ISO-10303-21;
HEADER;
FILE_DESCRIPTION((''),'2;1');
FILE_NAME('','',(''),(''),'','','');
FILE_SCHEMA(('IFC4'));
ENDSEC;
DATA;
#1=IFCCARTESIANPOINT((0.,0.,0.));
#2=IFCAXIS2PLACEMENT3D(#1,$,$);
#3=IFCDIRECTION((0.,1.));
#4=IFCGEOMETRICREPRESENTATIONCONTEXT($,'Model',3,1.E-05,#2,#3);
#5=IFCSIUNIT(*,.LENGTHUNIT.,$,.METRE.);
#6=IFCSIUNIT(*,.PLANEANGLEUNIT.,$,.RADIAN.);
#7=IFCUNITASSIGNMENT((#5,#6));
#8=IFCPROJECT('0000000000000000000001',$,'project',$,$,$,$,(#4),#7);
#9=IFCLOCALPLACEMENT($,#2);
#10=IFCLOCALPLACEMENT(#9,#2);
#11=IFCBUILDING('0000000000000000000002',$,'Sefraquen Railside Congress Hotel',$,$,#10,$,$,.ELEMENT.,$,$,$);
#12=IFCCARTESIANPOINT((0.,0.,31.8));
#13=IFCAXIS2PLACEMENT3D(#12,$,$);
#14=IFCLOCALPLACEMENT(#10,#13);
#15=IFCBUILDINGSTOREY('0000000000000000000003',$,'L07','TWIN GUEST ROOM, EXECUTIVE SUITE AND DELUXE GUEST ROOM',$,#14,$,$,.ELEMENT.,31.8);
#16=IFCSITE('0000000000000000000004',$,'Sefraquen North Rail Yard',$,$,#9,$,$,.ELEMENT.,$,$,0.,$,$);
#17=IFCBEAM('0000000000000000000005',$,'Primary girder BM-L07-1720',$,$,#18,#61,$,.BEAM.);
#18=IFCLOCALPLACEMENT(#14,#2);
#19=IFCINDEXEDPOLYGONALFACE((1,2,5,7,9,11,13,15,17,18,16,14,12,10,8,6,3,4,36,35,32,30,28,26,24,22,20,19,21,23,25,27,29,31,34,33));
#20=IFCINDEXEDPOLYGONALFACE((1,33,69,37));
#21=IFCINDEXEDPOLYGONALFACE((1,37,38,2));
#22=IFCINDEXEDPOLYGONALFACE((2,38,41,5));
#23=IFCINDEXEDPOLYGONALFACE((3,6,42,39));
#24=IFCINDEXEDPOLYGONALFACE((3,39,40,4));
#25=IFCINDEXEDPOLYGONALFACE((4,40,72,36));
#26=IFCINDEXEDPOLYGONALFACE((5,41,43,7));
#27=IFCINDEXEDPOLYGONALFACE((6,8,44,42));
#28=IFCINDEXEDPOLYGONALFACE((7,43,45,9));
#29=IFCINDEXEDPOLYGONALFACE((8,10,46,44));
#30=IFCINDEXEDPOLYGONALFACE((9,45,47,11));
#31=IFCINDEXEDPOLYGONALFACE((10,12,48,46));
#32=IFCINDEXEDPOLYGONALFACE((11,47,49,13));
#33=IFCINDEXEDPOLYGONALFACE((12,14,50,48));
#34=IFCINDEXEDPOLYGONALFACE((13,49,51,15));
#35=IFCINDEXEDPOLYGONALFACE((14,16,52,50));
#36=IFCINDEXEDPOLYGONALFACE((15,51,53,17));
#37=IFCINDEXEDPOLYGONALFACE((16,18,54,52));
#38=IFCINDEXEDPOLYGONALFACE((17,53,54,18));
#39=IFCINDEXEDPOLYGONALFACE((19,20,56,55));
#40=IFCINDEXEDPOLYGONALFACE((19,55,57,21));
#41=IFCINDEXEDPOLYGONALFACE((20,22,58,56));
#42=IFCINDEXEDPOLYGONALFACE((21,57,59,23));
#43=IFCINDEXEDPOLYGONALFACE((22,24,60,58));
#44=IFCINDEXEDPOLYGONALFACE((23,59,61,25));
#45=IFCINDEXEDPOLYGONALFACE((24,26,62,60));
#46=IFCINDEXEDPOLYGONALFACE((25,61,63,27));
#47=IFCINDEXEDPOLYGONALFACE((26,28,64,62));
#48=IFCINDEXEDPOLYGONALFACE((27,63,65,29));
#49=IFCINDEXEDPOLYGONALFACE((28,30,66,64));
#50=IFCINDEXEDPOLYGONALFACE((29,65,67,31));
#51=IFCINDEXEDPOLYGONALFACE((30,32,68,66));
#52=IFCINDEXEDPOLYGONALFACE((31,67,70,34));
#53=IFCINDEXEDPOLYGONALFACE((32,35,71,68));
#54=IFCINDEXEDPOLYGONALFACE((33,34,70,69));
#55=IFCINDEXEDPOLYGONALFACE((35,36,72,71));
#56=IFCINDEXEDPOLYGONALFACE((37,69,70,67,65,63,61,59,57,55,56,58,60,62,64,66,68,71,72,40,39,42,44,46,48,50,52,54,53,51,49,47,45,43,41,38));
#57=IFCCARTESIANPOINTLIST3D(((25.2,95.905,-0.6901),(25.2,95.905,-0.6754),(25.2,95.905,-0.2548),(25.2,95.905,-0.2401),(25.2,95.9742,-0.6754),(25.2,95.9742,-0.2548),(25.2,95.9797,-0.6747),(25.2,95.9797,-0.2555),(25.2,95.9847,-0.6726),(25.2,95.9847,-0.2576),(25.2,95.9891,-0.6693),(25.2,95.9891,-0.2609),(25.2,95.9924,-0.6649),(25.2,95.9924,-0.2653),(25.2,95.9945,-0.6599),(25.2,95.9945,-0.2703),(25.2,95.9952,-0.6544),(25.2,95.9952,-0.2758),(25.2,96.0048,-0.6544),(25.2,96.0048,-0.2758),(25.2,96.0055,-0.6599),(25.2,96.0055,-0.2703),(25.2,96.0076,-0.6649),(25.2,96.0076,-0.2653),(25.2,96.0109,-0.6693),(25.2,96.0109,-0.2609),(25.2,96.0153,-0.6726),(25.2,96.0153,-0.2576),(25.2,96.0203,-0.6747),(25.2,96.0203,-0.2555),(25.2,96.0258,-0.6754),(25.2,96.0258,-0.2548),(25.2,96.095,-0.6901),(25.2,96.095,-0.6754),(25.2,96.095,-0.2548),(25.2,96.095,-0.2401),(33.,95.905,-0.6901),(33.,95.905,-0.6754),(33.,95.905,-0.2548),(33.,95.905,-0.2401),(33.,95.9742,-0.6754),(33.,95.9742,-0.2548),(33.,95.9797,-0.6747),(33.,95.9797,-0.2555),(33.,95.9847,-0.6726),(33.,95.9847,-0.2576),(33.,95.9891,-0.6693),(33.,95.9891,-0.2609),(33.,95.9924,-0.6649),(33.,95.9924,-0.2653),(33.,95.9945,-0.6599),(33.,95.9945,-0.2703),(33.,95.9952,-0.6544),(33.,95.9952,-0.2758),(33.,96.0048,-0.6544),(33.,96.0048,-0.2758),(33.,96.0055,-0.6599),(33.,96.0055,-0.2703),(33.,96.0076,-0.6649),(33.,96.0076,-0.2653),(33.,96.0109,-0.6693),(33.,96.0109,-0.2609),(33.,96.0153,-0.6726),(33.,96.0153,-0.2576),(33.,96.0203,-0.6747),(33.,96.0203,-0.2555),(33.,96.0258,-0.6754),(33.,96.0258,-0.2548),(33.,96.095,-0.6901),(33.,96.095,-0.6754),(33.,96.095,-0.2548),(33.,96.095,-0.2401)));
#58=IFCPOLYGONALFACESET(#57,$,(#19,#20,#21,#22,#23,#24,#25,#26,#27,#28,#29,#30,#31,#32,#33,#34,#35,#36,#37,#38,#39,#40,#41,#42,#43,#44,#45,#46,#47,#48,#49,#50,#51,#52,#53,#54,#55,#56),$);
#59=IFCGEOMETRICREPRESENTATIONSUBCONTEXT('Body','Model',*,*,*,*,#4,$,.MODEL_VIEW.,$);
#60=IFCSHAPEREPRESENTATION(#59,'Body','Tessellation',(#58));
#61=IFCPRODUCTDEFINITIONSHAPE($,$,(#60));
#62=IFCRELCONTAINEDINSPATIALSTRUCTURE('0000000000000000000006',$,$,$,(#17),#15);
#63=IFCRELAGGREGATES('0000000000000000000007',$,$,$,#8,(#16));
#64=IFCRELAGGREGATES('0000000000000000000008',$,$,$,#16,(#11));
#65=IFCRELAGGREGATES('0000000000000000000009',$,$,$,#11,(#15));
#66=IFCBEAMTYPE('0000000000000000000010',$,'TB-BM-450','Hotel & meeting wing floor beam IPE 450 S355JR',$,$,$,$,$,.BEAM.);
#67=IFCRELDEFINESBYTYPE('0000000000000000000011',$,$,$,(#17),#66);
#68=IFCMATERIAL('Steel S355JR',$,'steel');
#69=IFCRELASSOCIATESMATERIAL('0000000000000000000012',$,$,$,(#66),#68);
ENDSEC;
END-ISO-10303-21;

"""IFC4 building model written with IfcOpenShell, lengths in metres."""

from ifc_helpers import new_model, si_unit, direction, frame, origin, origin_2d, place, context, subcontext, project, spatial, i_section, extrude, material, material_profile, profile_set, type_object, element, save


model = new_model("IFC4")

# Units and contexts
model_context = context("Model", 3, precision=1e-05, world=origin(), true_north=direction((0.0, 1.0)))
body_context = subcontext(model_context, "Body", "Model", "MODEL_VIEW")
ifc_project = project(units=[si_unit("LENGTHUNIT", "METRE"), si_unit("PLANEANGLEUNIT", "RADIAN")], contexts=[model_context])

# Site, building, storey
site_placement = place(None, origin())
site = spatial("IfcSite", under=ifc_project, at=site_placement, Name="Sefraquen North Rail Yard", CompositionType="ELEMENT", RefElevation=0.0)
building_placement = place(site_placement, origin())
building = spatial("IfcBuilding", under=site, at=building_placement, Name="Sefraquen Railside Congress Hotel", CompositionType="ELEMENT")
storey_placement = place(building_placement, frame((0.0, 0.0, 31.8)))
storey = spatial("IfcBuildingStorey", under=building, at=storey_placement, Name="L07", Description="TWIN GUEST ROOM, EXECUTIVE SUITE AND DELUXE GUEST ROOM", CompositionType="ELEMENT", Elevation=31.8)

# Shared definitions
ifc_material = material(Name="Steel S355JR", Category="steel")

# Beam
ifc_material_profile_1 = material_profile(ifc_material, i_section(OverallWidth=0.1899, OverallDepth=0.45, WebThickness=0.0095, FlangeThickness=0.0146, FilletRadius=0.021, at=origin_2d()), Name="IPE 450")
ifc_profile_set_1 = profile_set([ifc_material_profile_1], Name="Steel S355JR")
beam_type_1 = type_object("IfcBeamType", Name="TB-BM-450", Description="Hotel & meeting wing floor beam IPE 450 S355JR", PredefinedType="BEAM", material=ifc_profile_set_1)
beam_1_placement = place(storey_placement, frame((25.2, 96.0, -0.4651), z_axis=(1.0, 0.0, 0.0), x_axis=(0.0, 1.0, 0.0)))
element("IfcBeam", 1, at=beam_1_placement, inside=storey, type_object=beam_type_1, Name="Primary girder BM-L07-1720", PredefinedType="BEAM", context=body_context, shape_type="SweptSolid", body=[
    extrude(i_section(OverallWidth=0.1899, OverallDepth=0.45, WebThickness=0.0095, FlangeThickness=0.0146, FilletRadius=0.021, at=origin_2d()), origin(), (0.0, 0.0, 1.0), 7.8),
])

save(model, "model.ifc")
